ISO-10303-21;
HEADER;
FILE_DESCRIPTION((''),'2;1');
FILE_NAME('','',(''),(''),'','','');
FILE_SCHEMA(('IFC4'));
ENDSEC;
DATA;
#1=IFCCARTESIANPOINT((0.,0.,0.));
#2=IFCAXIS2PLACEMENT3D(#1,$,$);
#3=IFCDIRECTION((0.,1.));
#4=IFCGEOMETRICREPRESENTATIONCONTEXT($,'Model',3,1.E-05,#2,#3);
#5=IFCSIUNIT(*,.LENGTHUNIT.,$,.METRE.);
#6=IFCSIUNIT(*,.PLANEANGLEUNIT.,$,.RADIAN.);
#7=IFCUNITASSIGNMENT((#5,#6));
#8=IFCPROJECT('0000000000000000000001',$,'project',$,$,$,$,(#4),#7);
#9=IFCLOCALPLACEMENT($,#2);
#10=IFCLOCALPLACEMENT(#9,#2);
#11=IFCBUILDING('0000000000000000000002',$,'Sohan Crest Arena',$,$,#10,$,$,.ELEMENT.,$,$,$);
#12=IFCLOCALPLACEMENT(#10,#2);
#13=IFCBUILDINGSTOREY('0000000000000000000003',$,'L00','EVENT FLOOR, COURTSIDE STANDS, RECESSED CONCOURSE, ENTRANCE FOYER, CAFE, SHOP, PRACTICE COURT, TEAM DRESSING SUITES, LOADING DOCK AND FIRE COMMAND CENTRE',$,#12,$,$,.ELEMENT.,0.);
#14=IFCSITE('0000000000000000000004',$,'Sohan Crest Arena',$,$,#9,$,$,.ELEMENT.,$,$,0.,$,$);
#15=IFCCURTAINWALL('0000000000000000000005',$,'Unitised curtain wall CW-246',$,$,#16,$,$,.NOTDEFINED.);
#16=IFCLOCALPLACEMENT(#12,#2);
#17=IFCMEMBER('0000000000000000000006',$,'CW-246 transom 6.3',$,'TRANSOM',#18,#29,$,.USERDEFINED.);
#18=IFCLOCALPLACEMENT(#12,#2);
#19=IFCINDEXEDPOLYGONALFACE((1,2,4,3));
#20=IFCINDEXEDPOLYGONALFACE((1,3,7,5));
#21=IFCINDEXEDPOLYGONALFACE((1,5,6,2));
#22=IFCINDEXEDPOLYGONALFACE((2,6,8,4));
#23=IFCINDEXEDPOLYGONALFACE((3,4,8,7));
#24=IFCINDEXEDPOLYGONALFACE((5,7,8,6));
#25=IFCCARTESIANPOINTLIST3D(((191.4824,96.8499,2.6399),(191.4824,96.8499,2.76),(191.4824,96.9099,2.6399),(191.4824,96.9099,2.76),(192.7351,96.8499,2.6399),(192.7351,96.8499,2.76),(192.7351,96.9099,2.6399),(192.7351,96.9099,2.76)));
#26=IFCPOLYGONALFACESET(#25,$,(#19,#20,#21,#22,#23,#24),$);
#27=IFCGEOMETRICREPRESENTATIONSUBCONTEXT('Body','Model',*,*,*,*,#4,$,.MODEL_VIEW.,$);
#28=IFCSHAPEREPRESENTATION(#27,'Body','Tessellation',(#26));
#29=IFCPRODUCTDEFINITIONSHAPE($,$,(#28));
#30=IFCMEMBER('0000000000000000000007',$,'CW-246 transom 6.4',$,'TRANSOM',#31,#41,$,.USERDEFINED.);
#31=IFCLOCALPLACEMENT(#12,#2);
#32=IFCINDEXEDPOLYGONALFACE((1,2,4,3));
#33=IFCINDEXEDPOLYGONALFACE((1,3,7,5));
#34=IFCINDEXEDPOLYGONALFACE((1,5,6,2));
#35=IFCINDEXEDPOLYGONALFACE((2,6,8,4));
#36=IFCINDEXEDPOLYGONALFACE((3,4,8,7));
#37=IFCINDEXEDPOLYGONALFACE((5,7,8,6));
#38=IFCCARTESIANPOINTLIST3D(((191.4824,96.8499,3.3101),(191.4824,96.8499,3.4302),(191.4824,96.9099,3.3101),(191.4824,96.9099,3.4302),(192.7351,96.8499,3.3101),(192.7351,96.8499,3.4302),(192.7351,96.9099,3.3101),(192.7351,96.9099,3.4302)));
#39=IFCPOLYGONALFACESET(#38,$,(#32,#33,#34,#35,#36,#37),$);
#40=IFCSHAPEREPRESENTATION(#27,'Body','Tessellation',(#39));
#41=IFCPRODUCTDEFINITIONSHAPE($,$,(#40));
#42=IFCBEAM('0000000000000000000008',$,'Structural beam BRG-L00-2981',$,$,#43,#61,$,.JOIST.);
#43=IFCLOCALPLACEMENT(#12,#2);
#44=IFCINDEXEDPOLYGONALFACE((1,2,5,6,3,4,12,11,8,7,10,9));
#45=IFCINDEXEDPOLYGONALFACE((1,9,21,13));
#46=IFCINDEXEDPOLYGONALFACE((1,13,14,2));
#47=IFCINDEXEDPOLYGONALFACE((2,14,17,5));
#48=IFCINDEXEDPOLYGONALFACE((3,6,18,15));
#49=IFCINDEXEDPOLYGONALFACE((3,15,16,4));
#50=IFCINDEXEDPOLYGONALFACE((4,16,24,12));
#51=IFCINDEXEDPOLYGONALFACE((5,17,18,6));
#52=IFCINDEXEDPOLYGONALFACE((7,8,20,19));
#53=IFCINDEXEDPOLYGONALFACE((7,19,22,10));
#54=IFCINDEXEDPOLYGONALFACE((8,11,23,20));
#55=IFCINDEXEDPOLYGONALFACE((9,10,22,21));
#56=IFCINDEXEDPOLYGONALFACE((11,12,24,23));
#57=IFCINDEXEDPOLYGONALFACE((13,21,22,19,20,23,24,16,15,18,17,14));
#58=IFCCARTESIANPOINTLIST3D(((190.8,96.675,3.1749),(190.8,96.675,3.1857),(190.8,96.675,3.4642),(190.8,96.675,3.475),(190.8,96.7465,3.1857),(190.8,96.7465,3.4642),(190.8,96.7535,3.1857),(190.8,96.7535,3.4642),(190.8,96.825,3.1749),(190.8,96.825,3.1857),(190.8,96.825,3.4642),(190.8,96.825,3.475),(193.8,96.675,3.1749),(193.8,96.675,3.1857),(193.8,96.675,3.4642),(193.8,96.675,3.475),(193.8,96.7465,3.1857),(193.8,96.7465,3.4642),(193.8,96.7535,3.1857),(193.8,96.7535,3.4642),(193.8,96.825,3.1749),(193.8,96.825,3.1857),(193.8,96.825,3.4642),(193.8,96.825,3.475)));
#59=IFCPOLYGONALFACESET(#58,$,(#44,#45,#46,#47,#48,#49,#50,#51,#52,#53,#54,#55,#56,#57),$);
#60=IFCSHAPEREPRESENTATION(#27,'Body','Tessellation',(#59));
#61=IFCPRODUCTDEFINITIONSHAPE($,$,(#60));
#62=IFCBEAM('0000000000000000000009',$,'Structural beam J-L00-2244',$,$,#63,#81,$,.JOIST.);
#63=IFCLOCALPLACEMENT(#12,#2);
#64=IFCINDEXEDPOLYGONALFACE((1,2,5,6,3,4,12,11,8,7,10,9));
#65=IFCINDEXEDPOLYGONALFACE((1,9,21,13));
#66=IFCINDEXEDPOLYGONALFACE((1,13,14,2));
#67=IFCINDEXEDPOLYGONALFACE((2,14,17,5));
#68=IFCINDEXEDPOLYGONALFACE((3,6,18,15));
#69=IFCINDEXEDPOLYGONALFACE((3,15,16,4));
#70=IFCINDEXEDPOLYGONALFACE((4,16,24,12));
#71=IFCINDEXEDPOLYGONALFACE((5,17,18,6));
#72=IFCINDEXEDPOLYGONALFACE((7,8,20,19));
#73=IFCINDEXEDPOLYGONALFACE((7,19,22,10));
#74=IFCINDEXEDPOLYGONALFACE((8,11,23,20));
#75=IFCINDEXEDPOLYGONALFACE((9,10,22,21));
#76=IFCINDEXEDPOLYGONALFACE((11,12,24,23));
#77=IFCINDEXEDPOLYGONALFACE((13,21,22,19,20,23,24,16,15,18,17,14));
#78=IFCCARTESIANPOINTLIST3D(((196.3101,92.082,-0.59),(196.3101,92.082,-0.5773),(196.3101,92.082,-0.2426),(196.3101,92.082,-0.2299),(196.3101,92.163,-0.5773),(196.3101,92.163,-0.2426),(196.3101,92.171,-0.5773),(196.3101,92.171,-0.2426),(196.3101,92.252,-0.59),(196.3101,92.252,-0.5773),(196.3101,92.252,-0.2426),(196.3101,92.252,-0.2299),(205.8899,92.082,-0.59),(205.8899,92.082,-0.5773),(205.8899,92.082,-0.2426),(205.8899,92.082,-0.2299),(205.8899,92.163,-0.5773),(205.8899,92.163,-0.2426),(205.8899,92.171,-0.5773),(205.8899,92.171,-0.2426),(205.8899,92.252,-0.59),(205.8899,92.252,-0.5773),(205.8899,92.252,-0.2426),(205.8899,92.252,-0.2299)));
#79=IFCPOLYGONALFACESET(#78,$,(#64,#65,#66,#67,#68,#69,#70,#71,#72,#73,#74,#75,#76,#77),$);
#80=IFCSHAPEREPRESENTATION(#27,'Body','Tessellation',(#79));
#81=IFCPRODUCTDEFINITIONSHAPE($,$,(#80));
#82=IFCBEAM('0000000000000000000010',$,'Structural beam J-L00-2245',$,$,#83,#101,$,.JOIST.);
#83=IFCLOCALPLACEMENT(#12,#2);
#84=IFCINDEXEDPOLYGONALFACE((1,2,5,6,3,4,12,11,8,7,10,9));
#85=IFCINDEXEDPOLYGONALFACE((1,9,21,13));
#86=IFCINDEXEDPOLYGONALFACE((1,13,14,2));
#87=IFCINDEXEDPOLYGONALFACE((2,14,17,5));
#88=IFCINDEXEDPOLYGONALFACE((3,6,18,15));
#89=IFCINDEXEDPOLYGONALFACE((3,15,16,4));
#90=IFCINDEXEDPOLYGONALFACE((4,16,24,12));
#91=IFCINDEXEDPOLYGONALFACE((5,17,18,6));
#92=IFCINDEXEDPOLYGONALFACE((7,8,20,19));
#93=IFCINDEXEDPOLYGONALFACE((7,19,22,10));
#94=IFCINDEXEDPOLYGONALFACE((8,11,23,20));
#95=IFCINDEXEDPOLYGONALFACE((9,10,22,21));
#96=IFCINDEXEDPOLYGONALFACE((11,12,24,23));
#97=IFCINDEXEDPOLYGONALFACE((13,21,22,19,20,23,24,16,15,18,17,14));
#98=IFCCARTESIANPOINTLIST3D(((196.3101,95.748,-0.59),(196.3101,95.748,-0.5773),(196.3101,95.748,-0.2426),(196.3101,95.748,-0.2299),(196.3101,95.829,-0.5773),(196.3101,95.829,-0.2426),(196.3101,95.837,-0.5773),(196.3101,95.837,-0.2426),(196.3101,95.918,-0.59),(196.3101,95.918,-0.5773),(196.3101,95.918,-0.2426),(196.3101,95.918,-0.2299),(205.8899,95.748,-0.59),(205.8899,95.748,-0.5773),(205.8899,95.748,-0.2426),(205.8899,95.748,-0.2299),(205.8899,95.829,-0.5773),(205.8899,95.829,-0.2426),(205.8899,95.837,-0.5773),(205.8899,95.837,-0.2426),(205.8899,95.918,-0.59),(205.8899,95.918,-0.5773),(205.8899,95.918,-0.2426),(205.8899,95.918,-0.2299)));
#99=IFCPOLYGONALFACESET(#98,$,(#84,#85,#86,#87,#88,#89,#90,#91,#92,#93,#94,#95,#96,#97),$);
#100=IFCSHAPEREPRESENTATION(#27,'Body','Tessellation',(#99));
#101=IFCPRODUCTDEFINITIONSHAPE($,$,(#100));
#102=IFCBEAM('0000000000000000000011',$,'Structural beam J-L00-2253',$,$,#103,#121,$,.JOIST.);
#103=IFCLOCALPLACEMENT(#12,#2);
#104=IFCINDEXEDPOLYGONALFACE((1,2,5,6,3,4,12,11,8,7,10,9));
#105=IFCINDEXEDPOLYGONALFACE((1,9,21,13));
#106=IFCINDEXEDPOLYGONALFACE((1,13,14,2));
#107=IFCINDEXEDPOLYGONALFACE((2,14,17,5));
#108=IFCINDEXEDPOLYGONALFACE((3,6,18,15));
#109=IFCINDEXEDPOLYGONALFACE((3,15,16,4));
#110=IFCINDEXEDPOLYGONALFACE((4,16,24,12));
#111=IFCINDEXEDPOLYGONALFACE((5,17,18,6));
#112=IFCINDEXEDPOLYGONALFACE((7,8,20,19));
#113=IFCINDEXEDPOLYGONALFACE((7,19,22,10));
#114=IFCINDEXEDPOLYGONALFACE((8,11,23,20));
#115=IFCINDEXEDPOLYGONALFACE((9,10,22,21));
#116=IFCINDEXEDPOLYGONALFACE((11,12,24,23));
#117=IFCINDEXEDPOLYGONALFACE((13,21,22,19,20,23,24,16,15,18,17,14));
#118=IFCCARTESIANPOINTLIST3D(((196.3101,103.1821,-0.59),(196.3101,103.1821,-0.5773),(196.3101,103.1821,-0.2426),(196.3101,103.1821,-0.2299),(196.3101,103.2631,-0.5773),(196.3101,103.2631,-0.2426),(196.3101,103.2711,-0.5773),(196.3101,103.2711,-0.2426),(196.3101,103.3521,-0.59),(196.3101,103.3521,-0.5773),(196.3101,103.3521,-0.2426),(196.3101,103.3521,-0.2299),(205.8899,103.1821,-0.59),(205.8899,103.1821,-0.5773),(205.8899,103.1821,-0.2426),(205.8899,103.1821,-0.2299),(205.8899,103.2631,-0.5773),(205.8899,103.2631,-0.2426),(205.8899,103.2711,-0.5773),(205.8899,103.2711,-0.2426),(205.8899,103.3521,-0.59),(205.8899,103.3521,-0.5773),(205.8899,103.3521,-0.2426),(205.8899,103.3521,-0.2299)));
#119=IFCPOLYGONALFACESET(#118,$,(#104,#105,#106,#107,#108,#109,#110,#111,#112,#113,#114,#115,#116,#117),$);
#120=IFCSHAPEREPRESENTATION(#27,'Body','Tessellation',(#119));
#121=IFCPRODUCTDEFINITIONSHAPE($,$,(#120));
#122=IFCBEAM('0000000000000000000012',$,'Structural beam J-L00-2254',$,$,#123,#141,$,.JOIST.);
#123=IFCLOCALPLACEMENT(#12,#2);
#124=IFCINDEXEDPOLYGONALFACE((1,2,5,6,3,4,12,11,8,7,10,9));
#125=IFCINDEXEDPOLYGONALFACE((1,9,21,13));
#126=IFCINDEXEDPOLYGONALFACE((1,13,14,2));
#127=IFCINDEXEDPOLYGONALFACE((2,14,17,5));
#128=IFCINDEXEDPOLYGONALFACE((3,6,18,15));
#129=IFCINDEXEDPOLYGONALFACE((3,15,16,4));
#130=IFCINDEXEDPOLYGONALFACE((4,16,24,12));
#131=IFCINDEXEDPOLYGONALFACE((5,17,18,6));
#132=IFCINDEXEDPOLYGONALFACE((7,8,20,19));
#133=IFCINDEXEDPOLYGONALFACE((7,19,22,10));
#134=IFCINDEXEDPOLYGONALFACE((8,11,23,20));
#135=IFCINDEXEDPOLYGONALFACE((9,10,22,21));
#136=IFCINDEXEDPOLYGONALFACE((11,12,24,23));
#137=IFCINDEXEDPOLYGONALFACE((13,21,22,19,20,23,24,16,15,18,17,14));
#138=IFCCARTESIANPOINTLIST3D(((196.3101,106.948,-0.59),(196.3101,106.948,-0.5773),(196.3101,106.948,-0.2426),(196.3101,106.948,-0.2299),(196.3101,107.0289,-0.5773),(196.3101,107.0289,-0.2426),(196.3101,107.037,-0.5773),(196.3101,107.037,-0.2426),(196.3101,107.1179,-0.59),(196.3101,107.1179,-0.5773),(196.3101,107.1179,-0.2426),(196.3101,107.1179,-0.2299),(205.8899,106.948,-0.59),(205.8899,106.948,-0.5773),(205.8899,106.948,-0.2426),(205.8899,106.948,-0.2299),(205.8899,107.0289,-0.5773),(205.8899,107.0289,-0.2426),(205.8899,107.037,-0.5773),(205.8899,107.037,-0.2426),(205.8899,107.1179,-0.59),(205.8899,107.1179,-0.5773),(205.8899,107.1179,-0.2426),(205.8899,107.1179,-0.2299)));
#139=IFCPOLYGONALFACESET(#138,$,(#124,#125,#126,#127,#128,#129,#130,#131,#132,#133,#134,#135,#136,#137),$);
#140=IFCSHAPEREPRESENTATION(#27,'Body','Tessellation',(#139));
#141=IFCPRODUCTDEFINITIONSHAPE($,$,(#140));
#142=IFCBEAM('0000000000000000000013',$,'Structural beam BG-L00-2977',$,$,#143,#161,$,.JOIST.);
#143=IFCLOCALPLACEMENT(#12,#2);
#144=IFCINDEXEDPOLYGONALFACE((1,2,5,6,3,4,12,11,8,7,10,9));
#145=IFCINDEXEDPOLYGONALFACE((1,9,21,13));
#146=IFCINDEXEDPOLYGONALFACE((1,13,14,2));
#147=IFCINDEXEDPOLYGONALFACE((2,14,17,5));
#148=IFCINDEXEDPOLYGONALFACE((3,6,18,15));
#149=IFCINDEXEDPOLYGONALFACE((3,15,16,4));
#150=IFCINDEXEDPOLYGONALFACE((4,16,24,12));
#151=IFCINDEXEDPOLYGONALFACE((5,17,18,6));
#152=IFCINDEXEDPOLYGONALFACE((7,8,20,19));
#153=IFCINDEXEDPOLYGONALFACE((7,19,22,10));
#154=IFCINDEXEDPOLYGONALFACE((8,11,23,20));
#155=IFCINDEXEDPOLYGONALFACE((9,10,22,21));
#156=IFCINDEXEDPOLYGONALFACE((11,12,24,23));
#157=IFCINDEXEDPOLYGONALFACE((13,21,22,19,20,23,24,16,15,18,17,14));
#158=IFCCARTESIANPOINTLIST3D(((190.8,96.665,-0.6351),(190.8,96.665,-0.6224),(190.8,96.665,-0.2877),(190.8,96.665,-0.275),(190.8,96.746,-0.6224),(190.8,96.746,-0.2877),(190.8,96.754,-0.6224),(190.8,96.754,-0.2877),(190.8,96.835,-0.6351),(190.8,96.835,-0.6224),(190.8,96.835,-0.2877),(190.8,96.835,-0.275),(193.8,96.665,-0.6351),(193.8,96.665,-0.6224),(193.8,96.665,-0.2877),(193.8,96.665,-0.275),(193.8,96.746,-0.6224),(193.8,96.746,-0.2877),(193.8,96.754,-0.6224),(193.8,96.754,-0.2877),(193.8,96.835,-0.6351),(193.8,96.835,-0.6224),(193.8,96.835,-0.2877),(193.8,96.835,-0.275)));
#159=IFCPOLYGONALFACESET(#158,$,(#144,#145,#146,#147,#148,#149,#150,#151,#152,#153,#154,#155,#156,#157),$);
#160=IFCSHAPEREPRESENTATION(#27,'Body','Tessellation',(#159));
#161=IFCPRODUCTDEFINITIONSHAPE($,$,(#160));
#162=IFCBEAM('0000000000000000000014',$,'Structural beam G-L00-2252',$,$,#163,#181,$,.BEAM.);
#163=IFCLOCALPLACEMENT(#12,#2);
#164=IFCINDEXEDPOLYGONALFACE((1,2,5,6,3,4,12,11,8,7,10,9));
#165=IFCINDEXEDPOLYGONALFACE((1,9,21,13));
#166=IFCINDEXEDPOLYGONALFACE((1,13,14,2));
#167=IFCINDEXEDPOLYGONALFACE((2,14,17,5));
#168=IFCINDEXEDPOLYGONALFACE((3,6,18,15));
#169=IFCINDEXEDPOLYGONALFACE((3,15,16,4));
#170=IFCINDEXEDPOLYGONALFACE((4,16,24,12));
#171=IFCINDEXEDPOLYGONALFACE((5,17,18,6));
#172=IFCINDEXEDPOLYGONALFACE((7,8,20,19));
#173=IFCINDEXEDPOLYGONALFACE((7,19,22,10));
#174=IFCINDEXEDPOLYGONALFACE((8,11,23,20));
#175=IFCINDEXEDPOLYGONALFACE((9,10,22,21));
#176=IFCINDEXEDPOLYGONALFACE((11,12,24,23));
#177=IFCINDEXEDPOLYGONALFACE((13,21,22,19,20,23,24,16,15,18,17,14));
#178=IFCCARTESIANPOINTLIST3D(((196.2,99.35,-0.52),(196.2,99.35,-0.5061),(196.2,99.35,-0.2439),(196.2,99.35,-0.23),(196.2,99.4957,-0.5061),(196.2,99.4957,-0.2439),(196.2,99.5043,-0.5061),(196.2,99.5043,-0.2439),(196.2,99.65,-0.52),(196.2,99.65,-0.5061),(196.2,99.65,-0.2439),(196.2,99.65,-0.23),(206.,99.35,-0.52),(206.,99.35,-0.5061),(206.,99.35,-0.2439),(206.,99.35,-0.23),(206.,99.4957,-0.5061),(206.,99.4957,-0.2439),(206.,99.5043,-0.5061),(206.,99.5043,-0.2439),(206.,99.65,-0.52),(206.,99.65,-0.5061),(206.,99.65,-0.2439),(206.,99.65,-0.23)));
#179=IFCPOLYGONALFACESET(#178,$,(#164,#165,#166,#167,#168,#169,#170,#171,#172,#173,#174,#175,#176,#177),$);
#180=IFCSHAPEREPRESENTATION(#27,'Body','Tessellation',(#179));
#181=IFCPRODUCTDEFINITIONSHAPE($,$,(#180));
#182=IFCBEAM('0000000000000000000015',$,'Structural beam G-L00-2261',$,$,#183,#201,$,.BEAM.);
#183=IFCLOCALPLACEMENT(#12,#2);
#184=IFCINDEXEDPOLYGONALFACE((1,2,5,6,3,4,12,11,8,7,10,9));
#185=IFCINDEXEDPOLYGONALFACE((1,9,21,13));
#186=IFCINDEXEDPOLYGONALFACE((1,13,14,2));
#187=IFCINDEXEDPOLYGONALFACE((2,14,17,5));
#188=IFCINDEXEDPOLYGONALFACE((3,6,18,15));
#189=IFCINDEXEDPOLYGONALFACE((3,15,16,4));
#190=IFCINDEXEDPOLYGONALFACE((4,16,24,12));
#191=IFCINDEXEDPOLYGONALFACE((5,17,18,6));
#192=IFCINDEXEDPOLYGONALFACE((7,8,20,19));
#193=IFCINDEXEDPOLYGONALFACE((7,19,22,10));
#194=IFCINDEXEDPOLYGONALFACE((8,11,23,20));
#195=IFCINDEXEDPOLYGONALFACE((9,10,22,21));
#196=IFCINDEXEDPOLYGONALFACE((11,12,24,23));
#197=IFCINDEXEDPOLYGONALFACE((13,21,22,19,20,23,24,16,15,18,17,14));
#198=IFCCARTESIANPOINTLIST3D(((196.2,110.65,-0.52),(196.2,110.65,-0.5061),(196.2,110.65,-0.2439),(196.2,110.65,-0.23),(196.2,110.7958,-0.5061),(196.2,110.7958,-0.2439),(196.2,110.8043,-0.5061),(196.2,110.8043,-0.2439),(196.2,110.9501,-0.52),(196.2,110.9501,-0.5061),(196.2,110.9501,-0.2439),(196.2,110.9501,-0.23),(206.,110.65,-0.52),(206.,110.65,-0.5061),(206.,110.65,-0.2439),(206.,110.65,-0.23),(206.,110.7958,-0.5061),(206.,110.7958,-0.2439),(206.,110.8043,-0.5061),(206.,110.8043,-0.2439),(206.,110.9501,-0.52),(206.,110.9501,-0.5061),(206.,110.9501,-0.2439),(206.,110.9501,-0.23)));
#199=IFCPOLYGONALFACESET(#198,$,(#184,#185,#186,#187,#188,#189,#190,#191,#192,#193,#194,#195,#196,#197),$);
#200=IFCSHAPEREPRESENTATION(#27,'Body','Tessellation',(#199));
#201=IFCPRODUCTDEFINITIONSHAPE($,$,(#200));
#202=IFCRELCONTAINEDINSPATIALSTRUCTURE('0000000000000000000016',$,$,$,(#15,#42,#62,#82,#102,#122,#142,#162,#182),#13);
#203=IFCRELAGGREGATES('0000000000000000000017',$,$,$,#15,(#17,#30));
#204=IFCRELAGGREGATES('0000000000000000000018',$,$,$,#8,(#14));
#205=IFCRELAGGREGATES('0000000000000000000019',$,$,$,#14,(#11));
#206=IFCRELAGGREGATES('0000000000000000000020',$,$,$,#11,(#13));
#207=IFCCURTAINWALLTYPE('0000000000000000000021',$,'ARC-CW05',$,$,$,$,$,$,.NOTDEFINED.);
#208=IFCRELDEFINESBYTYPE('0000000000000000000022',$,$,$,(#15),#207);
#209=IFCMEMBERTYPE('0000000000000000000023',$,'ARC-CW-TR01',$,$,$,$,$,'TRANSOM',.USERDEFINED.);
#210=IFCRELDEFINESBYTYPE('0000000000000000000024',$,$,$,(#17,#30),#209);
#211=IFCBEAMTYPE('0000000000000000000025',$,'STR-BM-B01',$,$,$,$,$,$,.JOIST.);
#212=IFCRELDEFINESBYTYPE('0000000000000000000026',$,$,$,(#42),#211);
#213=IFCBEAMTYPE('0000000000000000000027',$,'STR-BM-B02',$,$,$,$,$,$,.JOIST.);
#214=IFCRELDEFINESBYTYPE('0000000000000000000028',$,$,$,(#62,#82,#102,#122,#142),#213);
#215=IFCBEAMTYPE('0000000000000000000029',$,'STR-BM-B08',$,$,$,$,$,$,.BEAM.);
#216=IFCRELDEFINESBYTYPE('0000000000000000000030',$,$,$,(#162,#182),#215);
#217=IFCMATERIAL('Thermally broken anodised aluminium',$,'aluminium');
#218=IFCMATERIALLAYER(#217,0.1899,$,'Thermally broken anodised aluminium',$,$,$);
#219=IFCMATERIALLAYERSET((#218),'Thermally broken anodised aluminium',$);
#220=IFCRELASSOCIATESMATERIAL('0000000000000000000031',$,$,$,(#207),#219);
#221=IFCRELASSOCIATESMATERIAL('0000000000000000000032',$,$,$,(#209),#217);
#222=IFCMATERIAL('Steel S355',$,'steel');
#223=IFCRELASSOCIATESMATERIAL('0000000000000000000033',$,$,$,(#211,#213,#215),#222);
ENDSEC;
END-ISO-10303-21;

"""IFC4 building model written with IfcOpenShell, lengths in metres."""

from ifc_helpers import new_model, si_unit, direction, frame, origin, origin_2d, place, context, subcontext, project, spatial, rectangle, i_section, extrude, material, layer, layer_set, material_profile, profile_set, type_object, element, aggregate, save


model = new_model("IFC4")

# Units and contexts
model_context = context("Model", 3, precision=1e-05, world=origin(), true_north=direction((0.0, 1.0)))
body_context = subcontext(model_context, "Body", "Model", "MODEL_VIEW")
ifc_project = project(units=[si_unit("LENGTHUNIT", "METRE"), si_unit("PLANEANGLEUNIT", "RADIAN")], contexts=[model_context])

# Site, building, storey
site_placement = place(None, origin())
site = spatial("IfcSite", under=ifc_project, at=site_placement, Name="Sohan Crest Arena", CompositionType="ELEMENT", RefElevation=0.0)
building_placement = place(site_placement, origin())
building = spatial("IfcBuilding", under=site, at=building_placement, Name="Sohan Crest Arena", CompositionType="ELEMENT")
storey_placement = place(building_placement, origin())
storey = spatial("IfcBuildingStorey", under=building, at=storey_placement, Name="L00", Description="EVENT FLOOR, COURTSIDE STANDS, RECESSED CONCOURSE, ENTRANCE FOYER, CAFE, SHOP, PRACTICE COURT, TEAM DRESSING SUITES, LOADING DOCK AND FIRE COMMAND CENTRE", CompositionType="ELEMENT", Elevation=0.0)

# Shared definitions
ifc_material_1 = material(Name="Steel S355", Category="steel")

# Curtain wall, members
ifc_material_2 = material(Name="Thermally broken anodised aluminium", Category="aluminium")
ifc_layer_1 = layer(ifc_material_2, 0.1899, Name="Thermally broken anodised aluminium")
ifc_layer_set_1 = layer_set([ifc_layer_1], Name="Thermally broken anodised aluminium")
curtain_wall_type = type_object("IfcCurtainWallType", Name="ARC-CW05", PredefinedType="NOTDEFINED", material=ifc_layer_set_1)
curtain_wall_placement = place(storey_placement, origin())
curtain_wall = element("IfcCurtainWall", 1, at=curtain_wall_placement, inside=storey, type_object=curtain_wall_type, Name="Unitised curtain wall CW-246", PredefinedType="NOTDEFINED")
ifc_material_profile_1 = material_profile(ifc_material_2, rectangle(XDim=0.0601, YDim=0.1201, at=origin_2d()), Name="ALU-TRAN 60x120")
ifc_profile_set_1 = profile_set([ifc_material_profile_1], Name="Thermally broken anodised aluminium")
member_type_1 = type_object("IfcMemberType", Name="ARC-CW-TR01", ElementType="TRANSOM", PredefinedType="USERDEFINED", material=ifc_profile_set_1)
member_1_placement = place(storey_placement, frame((191.4824, 96.8799, 2.7), z_axis=(1.0, 0.0, 0.0), x_axis=(0.0, 1.0, 0.0)))
member_1 = element("IfcMember", 2, at=member_1_placement, type_object=member_type_1, Name="CW-246 transom 6.3", ObjectType="TRANSOM", PredefinedType="USERDEFINED", context=body_context, shape_type="SweptSolid", body=[
    extrude(rectangle(XDim=0.0601, YDim=0.1201, at=origin_2d()), origin(), (0.0, 0.0, 1.0), 1.2527),
])
member_2_placement = place(storey_placement, frame((191.4824, 96.8799, 3.3701), z_axis=(1.0, 0.0, 0.0), x_axis=(0.0, 1.0, 0.0)))
member_2 = element("IfcMember", 3, at=member_2_placement, type_object=member_type_1, Name="CW-246 transom 6.4", ObjectType="TRANSOM", PredefinedType="USERDEFINED", context=body_context, shape_type="SweptSolid", body=[
    extrude(rectangle(XDim=0.0601, YDim=0.1201, at=origin_2d()), origin(), (0.0, 0.0, 1.0), 1.2527),
])

# Beams
ifc_material_profile_2 = material_profile(ifc_material_1, i_section(OverallWidth=0.1499, OverallDepth=0.3, WebThickness=0.0071, FlangeThickness=0.0107, at=origin_2d()), Name="IPE 300")
ifc_profile_set_2 = profile_set([ifc_material_profile_2], Name="Steel S355")
beam_type_1 = type_object("IfcBeamType", Name="STR-BM-B01", PredefinedType="JOIST", material=ifc_profile_set_2)
beam_1_placement = place(storey_placement, frame((190.8, 96.75, 3.325), z_axis=(1.0, 0.0, 0.0), x_axis=(0.0, 1.0, 0.0)))
element("IfcBeam", 4, at=beam_1_placement, inside=storey, type_object=beam_type_1, Name="Structural beam BRG-L00-2981", PredefinedType="JOIST", context=body_context, shape_type="SweptSolid", body=[
    extrude(i_section(OverallWidth=0.1499, OverallDepth=0.3, WebThickness=0.0071, FlangeThickness=0.0107, at=origin_2d()), origin(), (0.0, 0.0, 1.0), 3.0),
])
ifc_material_profile_3 = material_profile(ifc_material_1, i_section(OverallWidth=0.1699, OverallDepth=0.3601, WebThickness=0.0081, FlangeThickness=0.0127, at=origin_2d()), Name="IPE 360")
ifc_profile_set_3 = profile_set([ifc_material_profile_3], Name="Steel S355")
beam_type_2 = type_object("IfcBeamType", Name="STR-BM-B02", PredefinedType="JOIST", material=ifc_profile_set_3)
for number, where, z_axis, x_axis, name in (
    (5, (196.3101, 92.167, -0.4099), (1.0, 0.0, 0.0), (0.0, 1.0, 0.0), "Structural beam J-L00-2244"),
    (6, (196.3101, 95.833, -0.4099), (1.0, 0.0, 0.0), (0.0, 1.0, 0.0), "Structural beam J-L00-2245"),
    (7, (196.3101, 103.2671, -0.4099), (1.0, 0.0, 0.0), (0.0, 1.0, 0.0), "Structural beam J-L00-2253"),
    (8, (196.3101, 107.033, -0.4099), (1.0, 0.0, 0.0), (0.0, 1.0, 0.0), "Structural beam J-L00-2254"),
):
    element("IfcBeam", number, at=place(storey_placement, frame(where, z_axis=z_axis, x_axis=x_axis)), inside=storey, type_object=beam_type_2, Name=name, PredefinedType="JOIST", context=body_context, shape_type="SweptSolid", body=[
        extrude(i_section(OverallWidth=0.1699, OverallDepth=0.3601, WebThickness=0.0081, FlangeThickness=0.0127, at=origin_2d()), origin(), (0.0, 0.0, 1.0), 9.5798),
    ])
beam_2_placement = place(storey_placement, frame((190.8, 96.75, -0.4551), z_axis=(1.0, 0.0, 0.0), x_axis=(0.0, 1.0, 0.0)))
element("IfcBeam", 9, at=beam_2_placement, inside=storey, type_object=beam_type_2, Name="Structural beam BG-L00-2977", PredefinedType="JOIST", context=body_context, shape_type="SweptSolid", body=[
    extrude(i_section(OverallWidth=0.1699, OverallDepth=0.3601, WebThickness=0.0081, FlangeThickness=0.0127, at=origin_2d()), origin(), (0.0, 0.0, 1.0), 3.0),
])
ifc_material_profile_4 = material_profile(ifc_material_1, i_section(OverallWidth=0.3, OverallDepth=0.29, WebThickness=0.0085, FlangeThickness=0.0139, at=origin_2d()), Name="HEA 300")
ifc_profile_set_4 = profile_set([ifc_material_profile_4], Name="Steel S355")
beam_type_3 = type_object("IfcBeamType", Name="STR-BM-B08", PredefinedType="BEAM", material=ifc_profile_set_4)
for number, where, z_axis, x_axis, name in (
    (10, (196.2, 99.5, -0.375), (1.0, 0.0, 0.0), (0.0, 1.0, 0.0), "Structural beam G-L00-2252"),
    (11, (196.2, 110.8, -0.375), (1.0, 0.0, 0.0), (0.0, 1.0, 0.0), "Structural beam G-L00-2261"),
):
    element("IfcBeam", number, at=place(storey_placement, frame(where, z_axis=z_axis, x_axis=x_axis)), inside=storey, type_object=beam_type_3, Name=name, PredefinedType="BEAM", context=body_context, shape_type="SweptSolid", body=[
        extrude(i_section(OverallWidth=0.3, OverallDepth=0.29, WebThickness=0.0085, FlangeThickness=0.0139, at=origin_2d()), origin(), (0.0, 0.0, 1.0), 9.8),
    ])

aggregate(curtain_wall, [member_1, member_2])

save(model, "model.ifc")
